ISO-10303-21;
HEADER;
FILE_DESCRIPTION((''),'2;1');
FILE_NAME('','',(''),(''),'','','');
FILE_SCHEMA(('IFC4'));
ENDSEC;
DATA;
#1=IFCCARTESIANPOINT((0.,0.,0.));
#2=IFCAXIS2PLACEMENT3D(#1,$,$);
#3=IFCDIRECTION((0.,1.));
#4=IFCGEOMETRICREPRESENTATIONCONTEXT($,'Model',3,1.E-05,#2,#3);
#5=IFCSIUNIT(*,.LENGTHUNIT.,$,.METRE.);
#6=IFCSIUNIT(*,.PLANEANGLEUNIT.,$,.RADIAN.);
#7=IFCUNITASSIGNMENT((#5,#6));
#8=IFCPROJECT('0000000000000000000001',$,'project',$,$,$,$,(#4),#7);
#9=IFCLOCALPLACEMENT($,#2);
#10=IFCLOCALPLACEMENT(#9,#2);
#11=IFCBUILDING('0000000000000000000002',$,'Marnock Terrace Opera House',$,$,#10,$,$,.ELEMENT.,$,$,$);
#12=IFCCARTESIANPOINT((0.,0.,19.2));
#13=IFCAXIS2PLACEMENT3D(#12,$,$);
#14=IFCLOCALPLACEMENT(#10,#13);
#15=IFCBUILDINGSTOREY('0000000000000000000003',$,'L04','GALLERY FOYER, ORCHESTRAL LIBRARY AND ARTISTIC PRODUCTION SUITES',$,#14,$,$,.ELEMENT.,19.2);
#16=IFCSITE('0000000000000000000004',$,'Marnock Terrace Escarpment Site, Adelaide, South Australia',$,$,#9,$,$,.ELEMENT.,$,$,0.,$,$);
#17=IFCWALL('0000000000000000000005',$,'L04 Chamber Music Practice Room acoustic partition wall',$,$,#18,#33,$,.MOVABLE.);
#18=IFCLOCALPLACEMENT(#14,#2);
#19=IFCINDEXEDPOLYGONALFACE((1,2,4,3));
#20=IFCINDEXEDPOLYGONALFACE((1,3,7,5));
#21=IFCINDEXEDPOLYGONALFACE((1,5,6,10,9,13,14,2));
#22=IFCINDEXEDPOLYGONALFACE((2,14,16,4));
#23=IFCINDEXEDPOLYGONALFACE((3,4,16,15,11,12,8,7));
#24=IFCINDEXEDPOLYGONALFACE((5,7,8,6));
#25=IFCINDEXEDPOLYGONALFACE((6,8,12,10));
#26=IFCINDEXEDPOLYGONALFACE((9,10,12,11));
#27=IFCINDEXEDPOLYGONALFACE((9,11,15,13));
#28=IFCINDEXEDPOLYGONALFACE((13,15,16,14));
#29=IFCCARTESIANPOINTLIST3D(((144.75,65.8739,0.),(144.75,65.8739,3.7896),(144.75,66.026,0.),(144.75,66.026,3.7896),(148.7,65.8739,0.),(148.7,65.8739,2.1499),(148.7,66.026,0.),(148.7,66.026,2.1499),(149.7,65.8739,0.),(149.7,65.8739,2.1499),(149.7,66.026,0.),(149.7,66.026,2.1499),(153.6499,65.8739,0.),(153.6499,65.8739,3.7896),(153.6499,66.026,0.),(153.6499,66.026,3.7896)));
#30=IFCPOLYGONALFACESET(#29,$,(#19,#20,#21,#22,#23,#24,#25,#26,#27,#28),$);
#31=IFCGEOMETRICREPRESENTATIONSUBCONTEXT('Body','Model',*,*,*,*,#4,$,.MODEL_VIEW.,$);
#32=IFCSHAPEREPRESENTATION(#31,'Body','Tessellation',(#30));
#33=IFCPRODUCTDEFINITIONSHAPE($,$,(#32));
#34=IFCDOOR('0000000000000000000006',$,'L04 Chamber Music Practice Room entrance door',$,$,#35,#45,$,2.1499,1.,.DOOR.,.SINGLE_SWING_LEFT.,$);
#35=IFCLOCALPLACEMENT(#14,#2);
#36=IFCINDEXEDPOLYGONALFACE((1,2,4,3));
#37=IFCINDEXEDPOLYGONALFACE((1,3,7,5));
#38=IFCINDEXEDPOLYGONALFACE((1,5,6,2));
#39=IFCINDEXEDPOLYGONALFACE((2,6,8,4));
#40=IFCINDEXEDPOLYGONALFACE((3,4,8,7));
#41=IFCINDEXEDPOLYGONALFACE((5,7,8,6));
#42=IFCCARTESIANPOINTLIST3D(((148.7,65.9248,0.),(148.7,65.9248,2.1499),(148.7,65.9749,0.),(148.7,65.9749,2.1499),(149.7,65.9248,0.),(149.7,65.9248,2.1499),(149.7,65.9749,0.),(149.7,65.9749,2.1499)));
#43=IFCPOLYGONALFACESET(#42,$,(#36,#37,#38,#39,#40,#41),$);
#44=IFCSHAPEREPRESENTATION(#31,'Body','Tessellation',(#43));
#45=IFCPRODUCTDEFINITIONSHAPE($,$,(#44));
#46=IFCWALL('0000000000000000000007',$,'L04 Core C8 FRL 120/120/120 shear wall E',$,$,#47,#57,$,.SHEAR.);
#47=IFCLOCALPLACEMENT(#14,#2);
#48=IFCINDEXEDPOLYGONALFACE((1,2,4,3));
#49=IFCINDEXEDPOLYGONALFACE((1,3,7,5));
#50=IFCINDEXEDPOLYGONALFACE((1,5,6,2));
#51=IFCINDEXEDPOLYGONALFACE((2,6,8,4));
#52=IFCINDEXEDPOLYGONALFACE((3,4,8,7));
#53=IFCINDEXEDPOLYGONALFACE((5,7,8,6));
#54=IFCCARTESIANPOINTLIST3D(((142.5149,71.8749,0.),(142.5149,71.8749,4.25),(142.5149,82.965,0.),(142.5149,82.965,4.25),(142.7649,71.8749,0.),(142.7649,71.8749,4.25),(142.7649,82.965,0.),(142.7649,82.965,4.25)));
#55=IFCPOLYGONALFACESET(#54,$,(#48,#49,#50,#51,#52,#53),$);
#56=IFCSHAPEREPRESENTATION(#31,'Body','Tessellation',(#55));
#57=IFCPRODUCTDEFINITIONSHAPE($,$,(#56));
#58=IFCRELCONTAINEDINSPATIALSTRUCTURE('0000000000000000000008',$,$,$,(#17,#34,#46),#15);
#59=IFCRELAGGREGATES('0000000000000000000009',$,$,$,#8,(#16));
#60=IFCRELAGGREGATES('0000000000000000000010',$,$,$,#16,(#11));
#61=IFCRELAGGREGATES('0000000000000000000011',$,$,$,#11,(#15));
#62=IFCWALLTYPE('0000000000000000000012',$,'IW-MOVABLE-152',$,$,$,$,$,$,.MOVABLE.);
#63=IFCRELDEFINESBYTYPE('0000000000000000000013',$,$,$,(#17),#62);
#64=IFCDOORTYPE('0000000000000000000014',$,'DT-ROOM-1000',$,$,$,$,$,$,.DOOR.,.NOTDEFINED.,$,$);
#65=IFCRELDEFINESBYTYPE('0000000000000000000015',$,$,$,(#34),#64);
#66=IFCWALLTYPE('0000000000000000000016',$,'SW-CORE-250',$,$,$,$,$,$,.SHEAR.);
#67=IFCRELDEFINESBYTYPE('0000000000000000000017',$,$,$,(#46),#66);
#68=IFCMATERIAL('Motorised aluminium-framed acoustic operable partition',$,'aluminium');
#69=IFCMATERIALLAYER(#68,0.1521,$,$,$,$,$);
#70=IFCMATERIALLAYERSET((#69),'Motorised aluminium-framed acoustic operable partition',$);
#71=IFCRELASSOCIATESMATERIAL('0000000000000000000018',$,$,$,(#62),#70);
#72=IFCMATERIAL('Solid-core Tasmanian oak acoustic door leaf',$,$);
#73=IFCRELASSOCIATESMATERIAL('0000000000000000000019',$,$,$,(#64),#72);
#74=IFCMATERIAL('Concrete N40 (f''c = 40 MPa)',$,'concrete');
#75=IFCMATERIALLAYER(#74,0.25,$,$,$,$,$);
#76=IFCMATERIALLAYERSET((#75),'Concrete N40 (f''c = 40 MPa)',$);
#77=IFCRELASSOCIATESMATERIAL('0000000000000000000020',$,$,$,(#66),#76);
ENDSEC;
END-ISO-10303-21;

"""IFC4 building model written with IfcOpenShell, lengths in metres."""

from ifc_helpers import new_model, si_unit, direction, frame, frame_2d, origin, place, context, subcontext, project, spatial, rectangle, extrude, material, layer, layer_set, type_object, element, fill, save


model = new_model("IFC4")

# Units and contexts
model_context = context("Model", 3, precision=1e-05, world=origin(), true_north=direction((0.0, 1.0)))
body_context = subcontext(model_context, "Body", "Model", "MODEL_VIEW")
ifc_project = project(units=[si_unit("LENGTHUNIT", "METRE"), si_unit("PLANEANGLEUNIT", "RADIAN")], contexts=[model_context])

# Site, building, storey
site_placement = place(None, origin())
site = spatial("IfcSite", under=ifc_project, at=site_placement, Name="Marnock Terrace Escarpment Site, Adelaide, South Australia", CompositionType="ELEMENT", RefElevation=0.0)
building_placement = place(site_placement, origin())
building = spatial("IfcBuilding", under=site, at=building_placement, Name="Marnock Terrace Opera House", CompositionType="ELEMENT")
storey_placement = place(building_placement, frame((0.0, 0.0, 19.2)))
storey = spatial("IfcBuildingStorey", under=building, at=storey_placement, Name="L04", Description="GALLERY FOYER, ORCHESTRAL LIBRARY AND ARTISTIC PRODUCTION SUITES", CompositionType="ELEMENT", Elevation=19.2)

# Shared definitions
ifc_material_1 = material(Name="Concrete N40 (f'c = 40 MPa)", Category="concrete")

# Wall, opening, door
ifc_material_2 = material(Name="Motorised aluminium-framed acoustic operable partition", Category="aluminium")
ifc_layer_1 = layer(ifc_material_2, 0.1521)
ifc_layer_set_1 = layer_set([ifc_layer_1], Name="Motorised aluminium-framed acoustic operable partition")
wall_type_1 = type_object("IfcWallType", Name="IW-MOVABLE-152", PredefinedType="MOVABLE", material=ifc_layer_set_1)
wall_1_placement = place(storey_placement, frame((144.75, 65.95, 0.0), z_axis=(0.0, 0.0, 1.0), x_axis=(1.0, 0.0, 0.0)))
wall_1 = element("IfcWall", 1, at=wall_1_placement, inside=storey, type_object=wall_type_1, Name="L04 Chamber Music Practice Room acoustic partition wall", PredefinedType="MOVABLE", context=body_context, shape_type="SweptSolid", body=[
    extrude(rectangle(XDim=8.8999, YDim=0.1521, at=frame_2d((4.45, 0.0))), origin(), (0.0, 0.0, 1.0), 3.7896),
])
opening_1_placement = place(wall_1_placement, frame((3.95, 0.0, 0.0)))
opening_1 = element("IfcOpeningElement", 2, at=opening_1_placement, cuts=wall_1, PredefinedType="OPENING", context=body_context, shape_type="SweptSolid", body=[
    extrude(rectangle(XDim=1.0, YDim=2.1499, at=frame_2d((0.5, 1.075))), frame((0.0, 0.0859, 0.0), z_axis=(0.0, -1.0, 0.0), x_axis=(1.0, 0.0, 0.0)), (0.0, 0.0, 1.0), 0.1721),
])
ifc_material_3 = material(Name="Solid-core Tasmanian oak acoustic door leaf")
door_type_1 = type_object("IfcDoorType", Name="DT-ROOM-1000", OperationType="NOTDEFINED", PredefinedType="DOOR", material=ifc_material_3)
door_1_placement = place(opening_1_placement, origin())
door_1 = element("IfcDoor", 3, at=door_1_placement, inside=storey, type_object=door_type_1, Name="L04 Chamber Music Practice Room entrance door", OperationType="SINGLE_SWING_LEFT", OverallHeight=2.1499, OverallWidth=1.0, PredefinedType="DOOR", context=body_context, shape_type="SweptSolid", body=[
    extrude(rectangle(XDim=1.0, YDim=2.1499, at=frame_2d((0.5, 1.075))), frame((0.0, 0.0249, 0.0), z_axis=(0.0, -1.0, 0.0), x_axis=(1.0, 0.0, 0.0)), (0.0, 0.0, 1.0), 0.05),
])
fill(opening_1, door_1)

# Wall
ifc_layer_2 = layer(ifc_material_1, 0.25)
ifc_layer_set_2 = layer_set([ifc_layer_2], Name="Concrete N40 (f'c = 40 MPa)")
wall_type_2 = type_object("IfcWallType", Name="SW-CORE-250", PredefinedType="SHEAR", material=ifc_layer_set_2)
wall_2_placement = place(storey_placement, frame((142.6399, 71.875, 0.0), z_axis=(0.0, 0.0, 1.0), x_axis=(0.0, 1.0, 0.0)))
element("IfcWall", 4, at=wall_2_placement, inside=storey, type_object=wall_type_2, Name="L04 Core C8 FRL 120/120/120 shear wall E", PredefinedType="SHEAR", context=body_context, shape_type="SweptSolid", body=[
    extrude(rectangle(XDim=11.0901, YDim=0.25, at=frame_2d((5.5449, 0.0))), origin(), (0.0, 0.0, 1.0), 4.25),
])

save(model, "model.ifc")
